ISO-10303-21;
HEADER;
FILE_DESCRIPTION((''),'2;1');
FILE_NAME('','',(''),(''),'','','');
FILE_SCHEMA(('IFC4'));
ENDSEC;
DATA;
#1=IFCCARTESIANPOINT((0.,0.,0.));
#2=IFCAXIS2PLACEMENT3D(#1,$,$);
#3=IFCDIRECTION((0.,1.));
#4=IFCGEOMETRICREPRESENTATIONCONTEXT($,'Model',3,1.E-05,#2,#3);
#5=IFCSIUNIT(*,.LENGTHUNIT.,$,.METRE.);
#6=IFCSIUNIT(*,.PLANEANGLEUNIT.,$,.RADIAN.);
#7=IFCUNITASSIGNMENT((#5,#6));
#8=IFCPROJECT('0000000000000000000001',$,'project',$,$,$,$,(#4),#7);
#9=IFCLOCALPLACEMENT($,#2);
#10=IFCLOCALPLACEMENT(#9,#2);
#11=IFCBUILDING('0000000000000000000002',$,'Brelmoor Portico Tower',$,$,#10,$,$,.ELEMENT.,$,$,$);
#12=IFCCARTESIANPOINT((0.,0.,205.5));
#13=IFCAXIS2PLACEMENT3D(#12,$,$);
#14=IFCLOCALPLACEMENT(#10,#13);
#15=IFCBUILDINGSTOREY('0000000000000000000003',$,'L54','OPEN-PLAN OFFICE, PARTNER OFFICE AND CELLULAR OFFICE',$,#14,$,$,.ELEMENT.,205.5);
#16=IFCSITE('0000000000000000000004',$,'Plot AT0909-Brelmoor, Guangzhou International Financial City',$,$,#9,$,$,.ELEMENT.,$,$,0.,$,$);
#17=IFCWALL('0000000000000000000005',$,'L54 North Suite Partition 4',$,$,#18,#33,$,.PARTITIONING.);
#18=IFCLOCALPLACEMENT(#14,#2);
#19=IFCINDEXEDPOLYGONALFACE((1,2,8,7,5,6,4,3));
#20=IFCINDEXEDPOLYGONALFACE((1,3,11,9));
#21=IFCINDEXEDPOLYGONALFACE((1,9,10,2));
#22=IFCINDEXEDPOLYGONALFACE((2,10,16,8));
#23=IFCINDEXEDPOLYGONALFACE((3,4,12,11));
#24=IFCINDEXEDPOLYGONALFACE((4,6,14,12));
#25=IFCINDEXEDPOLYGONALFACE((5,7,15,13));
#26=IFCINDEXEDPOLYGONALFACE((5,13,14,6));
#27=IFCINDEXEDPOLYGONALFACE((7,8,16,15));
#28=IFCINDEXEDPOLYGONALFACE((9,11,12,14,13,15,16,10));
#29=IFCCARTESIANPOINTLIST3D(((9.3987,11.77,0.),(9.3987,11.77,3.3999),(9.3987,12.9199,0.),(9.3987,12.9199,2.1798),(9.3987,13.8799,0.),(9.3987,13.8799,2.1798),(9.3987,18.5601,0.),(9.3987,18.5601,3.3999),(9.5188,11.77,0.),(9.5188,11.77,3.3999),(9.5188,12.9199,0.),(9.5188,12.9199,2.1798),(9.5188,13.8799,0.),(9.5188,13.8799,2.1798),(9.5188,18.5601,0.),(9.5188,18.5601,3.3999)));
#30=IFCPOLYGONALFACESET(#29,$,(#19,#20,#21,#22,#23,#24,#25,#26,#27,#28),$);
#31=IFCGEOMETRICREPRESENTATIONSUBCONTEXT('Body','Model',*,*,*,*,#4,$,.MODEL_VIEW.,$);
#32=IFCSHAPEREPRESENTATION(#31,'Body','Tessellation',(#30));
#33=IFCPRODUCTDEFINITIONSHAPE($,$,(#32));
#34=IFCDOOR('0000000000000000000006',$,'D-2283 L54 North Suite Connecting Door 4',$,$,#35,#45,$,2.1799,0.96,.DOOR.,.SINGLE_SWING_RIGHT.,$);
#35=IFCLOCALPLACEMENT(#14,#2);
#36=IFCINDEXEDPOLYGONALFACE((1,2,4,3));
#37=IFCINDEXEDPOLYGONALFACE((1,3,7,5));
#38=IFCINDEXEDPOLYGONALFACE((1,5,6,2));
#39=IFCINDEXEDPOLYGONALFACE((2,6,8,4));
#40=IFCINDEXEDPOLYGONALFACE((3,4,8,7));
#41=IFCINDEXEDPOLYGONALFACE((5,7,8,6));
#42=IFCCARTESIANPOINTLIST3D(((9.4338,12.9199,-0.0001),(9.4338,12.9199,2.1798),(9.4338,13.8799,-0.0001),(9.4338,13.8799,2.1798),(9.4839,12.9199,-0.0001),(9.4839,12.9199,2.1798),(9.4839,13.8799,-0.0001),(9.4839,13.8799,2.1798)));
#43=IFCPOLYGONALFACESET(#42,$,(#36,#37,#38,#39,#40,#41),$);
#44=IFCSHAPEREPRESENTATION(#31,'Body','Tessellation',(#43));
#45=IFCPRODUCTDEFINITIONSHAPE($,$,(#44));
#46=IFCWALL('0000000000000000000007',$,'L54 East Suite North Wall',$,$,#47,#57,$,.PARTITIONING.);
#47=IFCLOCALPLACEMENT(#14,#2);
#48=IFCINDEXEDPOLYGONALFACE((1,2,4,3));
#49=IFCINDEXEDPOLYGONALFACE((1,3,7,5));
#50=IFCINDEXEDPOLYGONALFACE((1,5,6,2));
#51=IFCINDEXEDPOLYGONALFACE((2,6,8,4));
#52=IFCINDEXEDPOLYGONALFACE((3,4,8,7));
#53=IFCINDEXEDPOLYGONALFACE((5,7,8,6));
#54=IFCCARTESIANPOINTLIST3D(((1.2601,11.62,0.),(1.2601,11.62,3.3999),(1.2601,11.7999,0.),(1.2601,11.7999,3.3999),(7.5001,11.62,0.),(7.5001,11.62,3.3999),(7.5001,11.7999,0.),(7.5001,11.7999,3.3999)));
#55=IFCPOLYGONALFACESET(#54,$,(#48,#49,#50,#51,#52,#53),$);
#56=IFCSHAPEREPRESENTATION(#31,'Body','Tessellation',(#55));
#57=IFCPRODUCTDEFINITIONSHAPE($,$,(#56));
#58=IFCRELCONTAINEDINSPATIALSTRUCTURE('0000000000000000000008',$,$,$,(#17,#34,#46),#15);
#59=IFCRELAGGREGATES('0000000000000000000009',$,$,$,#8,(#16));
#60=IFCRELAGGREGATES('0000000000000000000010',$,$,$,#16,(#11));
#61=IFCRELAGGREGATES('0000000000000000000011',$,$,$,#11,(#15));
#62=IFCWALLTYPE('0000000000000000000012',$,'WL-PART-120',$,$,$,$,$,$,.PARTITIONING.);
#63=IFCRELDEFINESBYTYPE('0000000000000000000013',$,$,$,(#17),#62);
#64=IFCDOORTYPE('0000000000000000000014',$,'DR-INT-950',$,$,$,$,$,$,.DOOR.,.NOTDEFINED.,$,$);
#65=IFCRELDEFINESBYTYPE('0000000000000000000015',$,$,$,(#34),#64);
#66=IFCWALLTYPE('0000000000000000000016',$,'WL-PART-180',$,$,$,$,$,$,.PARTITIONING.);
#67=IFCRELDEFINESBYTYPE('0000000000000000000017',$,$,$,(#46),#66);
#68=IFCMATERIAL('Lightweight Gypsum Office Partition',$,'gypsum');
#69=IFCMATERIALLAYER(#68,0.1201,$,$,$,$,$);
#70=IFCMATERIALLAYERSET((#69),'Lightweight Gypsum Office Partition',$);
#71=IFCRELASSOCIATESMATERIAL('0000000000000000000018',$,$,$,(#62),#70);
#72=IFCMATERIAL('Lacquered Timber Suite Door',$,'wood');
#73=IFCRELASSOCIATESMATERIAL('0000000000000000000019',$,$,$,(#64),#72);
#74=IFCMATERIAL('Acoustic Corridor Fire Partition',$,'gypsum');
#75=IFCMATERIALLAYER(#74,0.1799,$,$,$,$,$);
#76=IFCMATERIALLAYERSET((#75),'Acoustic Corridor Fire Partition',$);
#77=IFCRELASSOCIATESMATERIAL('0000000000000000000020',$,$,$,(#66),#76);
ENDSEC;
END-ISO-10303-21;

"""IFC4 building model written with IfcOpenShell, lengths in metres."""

from ifc_helpers import new_model, si_unit, direction, frame, frame_2d, origin, place, context, subcontext, project, spatial, rectangle, extrude, material, layer, layer_set, type_object, element, fill, save


model = new_model("IFC4")

# Units and contexts
model_context = context("Model", 3, precision=1e-05, world=origin(), true_north=direction((0.0, 1.0)))
body_context = subcontext(model_context, "Body", "Model", "MODEL_VIEW")
ifc_project = project(units=[si_unit("LENGTHUNIT", "METRE"), si_unit("PLANEANGLEUNIT", "RADIAN")], contexts=[model_context])

# Site, building, storey
site_placement = place(None, origin())
site = spatial("IfcSite", under=ifc_project, at=site_placement, Name="Plot AT0909-Brelmoor, Guangzhou International Financial City", CompositionType="ELEMENT", RefElevation=0.0)
building_placement = place(site_placement, origin())
building = spatial("IfcBuilding", under=site, at=building_placement, Name="Brelmoor Portico Tower", CompositionType="ELEMENT")
storey_placement = place(building_placement, frame((0.0, 0.0, 205.5)))
storey = spatial("IfcBuildingStorey", under=building, at=storey_placement, Name="L54", Description="OPEN-PLAN OFFICE, PARTNER OFFICE AND CELLULAR OFFICE", CompositionType="ELEMENT", Elevation=205.5)

# Wall, opening, door
ifc_material_1 = material(Name="Lightweight Gypsum Office Partition", Category="gypsum")
ifc_layer_1 = layer(ifc_material_1, 0.1201)
ifc_layer_set_1 = layer_set([ifc_layer_1], Name="Lightweight Gypsum Office Partition")
wall_type_1 = type_object("IfcWallType", Name="WL-PART-120", PredefinedType="PARTITIONING", material=ifc_layer_set_1)
ifc_material_2 = material(Name="Lacquered Timber Suite Door", Category="wood")
door_type = type_object("IfcDoorType", Name="DR-INT-950", OperationType="NOTDEFINED", PredefinedType="DOOR", material=ifc_material_2)
wall_1_placement = place(storey_placement, frame((9.4587, 11.77, 0.0), z_axis=(0.0, 0.0, 1.0), x_axis=(0.0, 1.0, 0.0)))
wall_1 = element("IfcWall", 1, at=wall_1_placement, inside=storey, type_object=wall_type_1, Name="L54 North Suite Partition 4", PredefinedType="PARTITIONING", context=body_context, shape_type="SweptSolid", body=[
    extrude(rectangle(XDim=6.79, YDim=0.1201, at=frame_2d((3.395, 0.0))), origin(), (0.0, 0.0, 1.0), 3.3999),
])
opening_1_placement = place(wall_1_placement, frame((1.1499, 0.0, 0.0)))
opening_1 = element("IfcOpeningElement", 2, at=opening_1_placement, cuts=wall_1, PredefinedType="OPENING", context=body_context, shape_type="SweptSolid", body=[
    extrude(rectangle(XDim=0.96, YDim=2.1799, at=frame_2d((0.48, 1.0898))), frame((0.0, 0.0701, 0.0), z_axis=(0.0, -1.0, 0.0), x_axis=(1.0, 0.0, 0.0)), (0.0, 0.0, 1.0), 0.1401),
])
door_1_placement = place(opening_1_placement, origin())
door_1 = element("IfcDoor", 3, at=door_1_placement, inside=storey, type_object=door_type, Name="D-2283 L54 North Suite Connecting Door 4", OperationType="SINGLE_SWING_RIGHT", OverallHeight=2.1799, OverallWidth=0.96, PredefinedType="DOOR", context=body_context, shape_type="SweptSolid", body=[
    extrude(rectangle(XDim=0.96, YDim=2.1799, at=frame_2d((0.48, 1.0898))), frame((0.0, 0.0249, 0.0), z_axis=(0.0, -1.0, 0.0), x_axis=(1.0, 0.0, 0.0)), (0.0, 0.0, 1.0), 0.05),
])
fill(opening_1, door_1)

# Wall
ifc_material_3 = material(Name="Acoustic Corridor Fire Partition", Category="gypsum")
ifc_layer_2 = layer(ifc_material_3, 0.1799)
ifc_layer_set_2 = layer_set([ifc_layer_2], Name="Acoustic Corridor Fire Partition")
wall_type_2 = type_object("IfcWallType", Name="WL-PART-180", PredefinedType="PARTITIONING", material=ifc_layer_set_2)
wall_2_placement = place(storey_placement, frame((1.26, 11.71, 0.0), z_axis=(0.0, 0.0, 1.0), x_axis=(1.0, 0.0, 0.0)))
element("IfcWall", 4, at=wall_2_placement, inside=storey, type_object=wall_type_2, Name="L54 East Suite North Wall", PredefinedType="PARTITIONING", context=body_context, shape_type="SweptSolid", body=[
    extrude(rectangle(XDim=6.24, YDim=0.1799, at=frame_2d((3.1201, 0.0))), origin(), (0.0, 0.0, 1.0), 3.3999),
])

save(model, "model.ifc")
